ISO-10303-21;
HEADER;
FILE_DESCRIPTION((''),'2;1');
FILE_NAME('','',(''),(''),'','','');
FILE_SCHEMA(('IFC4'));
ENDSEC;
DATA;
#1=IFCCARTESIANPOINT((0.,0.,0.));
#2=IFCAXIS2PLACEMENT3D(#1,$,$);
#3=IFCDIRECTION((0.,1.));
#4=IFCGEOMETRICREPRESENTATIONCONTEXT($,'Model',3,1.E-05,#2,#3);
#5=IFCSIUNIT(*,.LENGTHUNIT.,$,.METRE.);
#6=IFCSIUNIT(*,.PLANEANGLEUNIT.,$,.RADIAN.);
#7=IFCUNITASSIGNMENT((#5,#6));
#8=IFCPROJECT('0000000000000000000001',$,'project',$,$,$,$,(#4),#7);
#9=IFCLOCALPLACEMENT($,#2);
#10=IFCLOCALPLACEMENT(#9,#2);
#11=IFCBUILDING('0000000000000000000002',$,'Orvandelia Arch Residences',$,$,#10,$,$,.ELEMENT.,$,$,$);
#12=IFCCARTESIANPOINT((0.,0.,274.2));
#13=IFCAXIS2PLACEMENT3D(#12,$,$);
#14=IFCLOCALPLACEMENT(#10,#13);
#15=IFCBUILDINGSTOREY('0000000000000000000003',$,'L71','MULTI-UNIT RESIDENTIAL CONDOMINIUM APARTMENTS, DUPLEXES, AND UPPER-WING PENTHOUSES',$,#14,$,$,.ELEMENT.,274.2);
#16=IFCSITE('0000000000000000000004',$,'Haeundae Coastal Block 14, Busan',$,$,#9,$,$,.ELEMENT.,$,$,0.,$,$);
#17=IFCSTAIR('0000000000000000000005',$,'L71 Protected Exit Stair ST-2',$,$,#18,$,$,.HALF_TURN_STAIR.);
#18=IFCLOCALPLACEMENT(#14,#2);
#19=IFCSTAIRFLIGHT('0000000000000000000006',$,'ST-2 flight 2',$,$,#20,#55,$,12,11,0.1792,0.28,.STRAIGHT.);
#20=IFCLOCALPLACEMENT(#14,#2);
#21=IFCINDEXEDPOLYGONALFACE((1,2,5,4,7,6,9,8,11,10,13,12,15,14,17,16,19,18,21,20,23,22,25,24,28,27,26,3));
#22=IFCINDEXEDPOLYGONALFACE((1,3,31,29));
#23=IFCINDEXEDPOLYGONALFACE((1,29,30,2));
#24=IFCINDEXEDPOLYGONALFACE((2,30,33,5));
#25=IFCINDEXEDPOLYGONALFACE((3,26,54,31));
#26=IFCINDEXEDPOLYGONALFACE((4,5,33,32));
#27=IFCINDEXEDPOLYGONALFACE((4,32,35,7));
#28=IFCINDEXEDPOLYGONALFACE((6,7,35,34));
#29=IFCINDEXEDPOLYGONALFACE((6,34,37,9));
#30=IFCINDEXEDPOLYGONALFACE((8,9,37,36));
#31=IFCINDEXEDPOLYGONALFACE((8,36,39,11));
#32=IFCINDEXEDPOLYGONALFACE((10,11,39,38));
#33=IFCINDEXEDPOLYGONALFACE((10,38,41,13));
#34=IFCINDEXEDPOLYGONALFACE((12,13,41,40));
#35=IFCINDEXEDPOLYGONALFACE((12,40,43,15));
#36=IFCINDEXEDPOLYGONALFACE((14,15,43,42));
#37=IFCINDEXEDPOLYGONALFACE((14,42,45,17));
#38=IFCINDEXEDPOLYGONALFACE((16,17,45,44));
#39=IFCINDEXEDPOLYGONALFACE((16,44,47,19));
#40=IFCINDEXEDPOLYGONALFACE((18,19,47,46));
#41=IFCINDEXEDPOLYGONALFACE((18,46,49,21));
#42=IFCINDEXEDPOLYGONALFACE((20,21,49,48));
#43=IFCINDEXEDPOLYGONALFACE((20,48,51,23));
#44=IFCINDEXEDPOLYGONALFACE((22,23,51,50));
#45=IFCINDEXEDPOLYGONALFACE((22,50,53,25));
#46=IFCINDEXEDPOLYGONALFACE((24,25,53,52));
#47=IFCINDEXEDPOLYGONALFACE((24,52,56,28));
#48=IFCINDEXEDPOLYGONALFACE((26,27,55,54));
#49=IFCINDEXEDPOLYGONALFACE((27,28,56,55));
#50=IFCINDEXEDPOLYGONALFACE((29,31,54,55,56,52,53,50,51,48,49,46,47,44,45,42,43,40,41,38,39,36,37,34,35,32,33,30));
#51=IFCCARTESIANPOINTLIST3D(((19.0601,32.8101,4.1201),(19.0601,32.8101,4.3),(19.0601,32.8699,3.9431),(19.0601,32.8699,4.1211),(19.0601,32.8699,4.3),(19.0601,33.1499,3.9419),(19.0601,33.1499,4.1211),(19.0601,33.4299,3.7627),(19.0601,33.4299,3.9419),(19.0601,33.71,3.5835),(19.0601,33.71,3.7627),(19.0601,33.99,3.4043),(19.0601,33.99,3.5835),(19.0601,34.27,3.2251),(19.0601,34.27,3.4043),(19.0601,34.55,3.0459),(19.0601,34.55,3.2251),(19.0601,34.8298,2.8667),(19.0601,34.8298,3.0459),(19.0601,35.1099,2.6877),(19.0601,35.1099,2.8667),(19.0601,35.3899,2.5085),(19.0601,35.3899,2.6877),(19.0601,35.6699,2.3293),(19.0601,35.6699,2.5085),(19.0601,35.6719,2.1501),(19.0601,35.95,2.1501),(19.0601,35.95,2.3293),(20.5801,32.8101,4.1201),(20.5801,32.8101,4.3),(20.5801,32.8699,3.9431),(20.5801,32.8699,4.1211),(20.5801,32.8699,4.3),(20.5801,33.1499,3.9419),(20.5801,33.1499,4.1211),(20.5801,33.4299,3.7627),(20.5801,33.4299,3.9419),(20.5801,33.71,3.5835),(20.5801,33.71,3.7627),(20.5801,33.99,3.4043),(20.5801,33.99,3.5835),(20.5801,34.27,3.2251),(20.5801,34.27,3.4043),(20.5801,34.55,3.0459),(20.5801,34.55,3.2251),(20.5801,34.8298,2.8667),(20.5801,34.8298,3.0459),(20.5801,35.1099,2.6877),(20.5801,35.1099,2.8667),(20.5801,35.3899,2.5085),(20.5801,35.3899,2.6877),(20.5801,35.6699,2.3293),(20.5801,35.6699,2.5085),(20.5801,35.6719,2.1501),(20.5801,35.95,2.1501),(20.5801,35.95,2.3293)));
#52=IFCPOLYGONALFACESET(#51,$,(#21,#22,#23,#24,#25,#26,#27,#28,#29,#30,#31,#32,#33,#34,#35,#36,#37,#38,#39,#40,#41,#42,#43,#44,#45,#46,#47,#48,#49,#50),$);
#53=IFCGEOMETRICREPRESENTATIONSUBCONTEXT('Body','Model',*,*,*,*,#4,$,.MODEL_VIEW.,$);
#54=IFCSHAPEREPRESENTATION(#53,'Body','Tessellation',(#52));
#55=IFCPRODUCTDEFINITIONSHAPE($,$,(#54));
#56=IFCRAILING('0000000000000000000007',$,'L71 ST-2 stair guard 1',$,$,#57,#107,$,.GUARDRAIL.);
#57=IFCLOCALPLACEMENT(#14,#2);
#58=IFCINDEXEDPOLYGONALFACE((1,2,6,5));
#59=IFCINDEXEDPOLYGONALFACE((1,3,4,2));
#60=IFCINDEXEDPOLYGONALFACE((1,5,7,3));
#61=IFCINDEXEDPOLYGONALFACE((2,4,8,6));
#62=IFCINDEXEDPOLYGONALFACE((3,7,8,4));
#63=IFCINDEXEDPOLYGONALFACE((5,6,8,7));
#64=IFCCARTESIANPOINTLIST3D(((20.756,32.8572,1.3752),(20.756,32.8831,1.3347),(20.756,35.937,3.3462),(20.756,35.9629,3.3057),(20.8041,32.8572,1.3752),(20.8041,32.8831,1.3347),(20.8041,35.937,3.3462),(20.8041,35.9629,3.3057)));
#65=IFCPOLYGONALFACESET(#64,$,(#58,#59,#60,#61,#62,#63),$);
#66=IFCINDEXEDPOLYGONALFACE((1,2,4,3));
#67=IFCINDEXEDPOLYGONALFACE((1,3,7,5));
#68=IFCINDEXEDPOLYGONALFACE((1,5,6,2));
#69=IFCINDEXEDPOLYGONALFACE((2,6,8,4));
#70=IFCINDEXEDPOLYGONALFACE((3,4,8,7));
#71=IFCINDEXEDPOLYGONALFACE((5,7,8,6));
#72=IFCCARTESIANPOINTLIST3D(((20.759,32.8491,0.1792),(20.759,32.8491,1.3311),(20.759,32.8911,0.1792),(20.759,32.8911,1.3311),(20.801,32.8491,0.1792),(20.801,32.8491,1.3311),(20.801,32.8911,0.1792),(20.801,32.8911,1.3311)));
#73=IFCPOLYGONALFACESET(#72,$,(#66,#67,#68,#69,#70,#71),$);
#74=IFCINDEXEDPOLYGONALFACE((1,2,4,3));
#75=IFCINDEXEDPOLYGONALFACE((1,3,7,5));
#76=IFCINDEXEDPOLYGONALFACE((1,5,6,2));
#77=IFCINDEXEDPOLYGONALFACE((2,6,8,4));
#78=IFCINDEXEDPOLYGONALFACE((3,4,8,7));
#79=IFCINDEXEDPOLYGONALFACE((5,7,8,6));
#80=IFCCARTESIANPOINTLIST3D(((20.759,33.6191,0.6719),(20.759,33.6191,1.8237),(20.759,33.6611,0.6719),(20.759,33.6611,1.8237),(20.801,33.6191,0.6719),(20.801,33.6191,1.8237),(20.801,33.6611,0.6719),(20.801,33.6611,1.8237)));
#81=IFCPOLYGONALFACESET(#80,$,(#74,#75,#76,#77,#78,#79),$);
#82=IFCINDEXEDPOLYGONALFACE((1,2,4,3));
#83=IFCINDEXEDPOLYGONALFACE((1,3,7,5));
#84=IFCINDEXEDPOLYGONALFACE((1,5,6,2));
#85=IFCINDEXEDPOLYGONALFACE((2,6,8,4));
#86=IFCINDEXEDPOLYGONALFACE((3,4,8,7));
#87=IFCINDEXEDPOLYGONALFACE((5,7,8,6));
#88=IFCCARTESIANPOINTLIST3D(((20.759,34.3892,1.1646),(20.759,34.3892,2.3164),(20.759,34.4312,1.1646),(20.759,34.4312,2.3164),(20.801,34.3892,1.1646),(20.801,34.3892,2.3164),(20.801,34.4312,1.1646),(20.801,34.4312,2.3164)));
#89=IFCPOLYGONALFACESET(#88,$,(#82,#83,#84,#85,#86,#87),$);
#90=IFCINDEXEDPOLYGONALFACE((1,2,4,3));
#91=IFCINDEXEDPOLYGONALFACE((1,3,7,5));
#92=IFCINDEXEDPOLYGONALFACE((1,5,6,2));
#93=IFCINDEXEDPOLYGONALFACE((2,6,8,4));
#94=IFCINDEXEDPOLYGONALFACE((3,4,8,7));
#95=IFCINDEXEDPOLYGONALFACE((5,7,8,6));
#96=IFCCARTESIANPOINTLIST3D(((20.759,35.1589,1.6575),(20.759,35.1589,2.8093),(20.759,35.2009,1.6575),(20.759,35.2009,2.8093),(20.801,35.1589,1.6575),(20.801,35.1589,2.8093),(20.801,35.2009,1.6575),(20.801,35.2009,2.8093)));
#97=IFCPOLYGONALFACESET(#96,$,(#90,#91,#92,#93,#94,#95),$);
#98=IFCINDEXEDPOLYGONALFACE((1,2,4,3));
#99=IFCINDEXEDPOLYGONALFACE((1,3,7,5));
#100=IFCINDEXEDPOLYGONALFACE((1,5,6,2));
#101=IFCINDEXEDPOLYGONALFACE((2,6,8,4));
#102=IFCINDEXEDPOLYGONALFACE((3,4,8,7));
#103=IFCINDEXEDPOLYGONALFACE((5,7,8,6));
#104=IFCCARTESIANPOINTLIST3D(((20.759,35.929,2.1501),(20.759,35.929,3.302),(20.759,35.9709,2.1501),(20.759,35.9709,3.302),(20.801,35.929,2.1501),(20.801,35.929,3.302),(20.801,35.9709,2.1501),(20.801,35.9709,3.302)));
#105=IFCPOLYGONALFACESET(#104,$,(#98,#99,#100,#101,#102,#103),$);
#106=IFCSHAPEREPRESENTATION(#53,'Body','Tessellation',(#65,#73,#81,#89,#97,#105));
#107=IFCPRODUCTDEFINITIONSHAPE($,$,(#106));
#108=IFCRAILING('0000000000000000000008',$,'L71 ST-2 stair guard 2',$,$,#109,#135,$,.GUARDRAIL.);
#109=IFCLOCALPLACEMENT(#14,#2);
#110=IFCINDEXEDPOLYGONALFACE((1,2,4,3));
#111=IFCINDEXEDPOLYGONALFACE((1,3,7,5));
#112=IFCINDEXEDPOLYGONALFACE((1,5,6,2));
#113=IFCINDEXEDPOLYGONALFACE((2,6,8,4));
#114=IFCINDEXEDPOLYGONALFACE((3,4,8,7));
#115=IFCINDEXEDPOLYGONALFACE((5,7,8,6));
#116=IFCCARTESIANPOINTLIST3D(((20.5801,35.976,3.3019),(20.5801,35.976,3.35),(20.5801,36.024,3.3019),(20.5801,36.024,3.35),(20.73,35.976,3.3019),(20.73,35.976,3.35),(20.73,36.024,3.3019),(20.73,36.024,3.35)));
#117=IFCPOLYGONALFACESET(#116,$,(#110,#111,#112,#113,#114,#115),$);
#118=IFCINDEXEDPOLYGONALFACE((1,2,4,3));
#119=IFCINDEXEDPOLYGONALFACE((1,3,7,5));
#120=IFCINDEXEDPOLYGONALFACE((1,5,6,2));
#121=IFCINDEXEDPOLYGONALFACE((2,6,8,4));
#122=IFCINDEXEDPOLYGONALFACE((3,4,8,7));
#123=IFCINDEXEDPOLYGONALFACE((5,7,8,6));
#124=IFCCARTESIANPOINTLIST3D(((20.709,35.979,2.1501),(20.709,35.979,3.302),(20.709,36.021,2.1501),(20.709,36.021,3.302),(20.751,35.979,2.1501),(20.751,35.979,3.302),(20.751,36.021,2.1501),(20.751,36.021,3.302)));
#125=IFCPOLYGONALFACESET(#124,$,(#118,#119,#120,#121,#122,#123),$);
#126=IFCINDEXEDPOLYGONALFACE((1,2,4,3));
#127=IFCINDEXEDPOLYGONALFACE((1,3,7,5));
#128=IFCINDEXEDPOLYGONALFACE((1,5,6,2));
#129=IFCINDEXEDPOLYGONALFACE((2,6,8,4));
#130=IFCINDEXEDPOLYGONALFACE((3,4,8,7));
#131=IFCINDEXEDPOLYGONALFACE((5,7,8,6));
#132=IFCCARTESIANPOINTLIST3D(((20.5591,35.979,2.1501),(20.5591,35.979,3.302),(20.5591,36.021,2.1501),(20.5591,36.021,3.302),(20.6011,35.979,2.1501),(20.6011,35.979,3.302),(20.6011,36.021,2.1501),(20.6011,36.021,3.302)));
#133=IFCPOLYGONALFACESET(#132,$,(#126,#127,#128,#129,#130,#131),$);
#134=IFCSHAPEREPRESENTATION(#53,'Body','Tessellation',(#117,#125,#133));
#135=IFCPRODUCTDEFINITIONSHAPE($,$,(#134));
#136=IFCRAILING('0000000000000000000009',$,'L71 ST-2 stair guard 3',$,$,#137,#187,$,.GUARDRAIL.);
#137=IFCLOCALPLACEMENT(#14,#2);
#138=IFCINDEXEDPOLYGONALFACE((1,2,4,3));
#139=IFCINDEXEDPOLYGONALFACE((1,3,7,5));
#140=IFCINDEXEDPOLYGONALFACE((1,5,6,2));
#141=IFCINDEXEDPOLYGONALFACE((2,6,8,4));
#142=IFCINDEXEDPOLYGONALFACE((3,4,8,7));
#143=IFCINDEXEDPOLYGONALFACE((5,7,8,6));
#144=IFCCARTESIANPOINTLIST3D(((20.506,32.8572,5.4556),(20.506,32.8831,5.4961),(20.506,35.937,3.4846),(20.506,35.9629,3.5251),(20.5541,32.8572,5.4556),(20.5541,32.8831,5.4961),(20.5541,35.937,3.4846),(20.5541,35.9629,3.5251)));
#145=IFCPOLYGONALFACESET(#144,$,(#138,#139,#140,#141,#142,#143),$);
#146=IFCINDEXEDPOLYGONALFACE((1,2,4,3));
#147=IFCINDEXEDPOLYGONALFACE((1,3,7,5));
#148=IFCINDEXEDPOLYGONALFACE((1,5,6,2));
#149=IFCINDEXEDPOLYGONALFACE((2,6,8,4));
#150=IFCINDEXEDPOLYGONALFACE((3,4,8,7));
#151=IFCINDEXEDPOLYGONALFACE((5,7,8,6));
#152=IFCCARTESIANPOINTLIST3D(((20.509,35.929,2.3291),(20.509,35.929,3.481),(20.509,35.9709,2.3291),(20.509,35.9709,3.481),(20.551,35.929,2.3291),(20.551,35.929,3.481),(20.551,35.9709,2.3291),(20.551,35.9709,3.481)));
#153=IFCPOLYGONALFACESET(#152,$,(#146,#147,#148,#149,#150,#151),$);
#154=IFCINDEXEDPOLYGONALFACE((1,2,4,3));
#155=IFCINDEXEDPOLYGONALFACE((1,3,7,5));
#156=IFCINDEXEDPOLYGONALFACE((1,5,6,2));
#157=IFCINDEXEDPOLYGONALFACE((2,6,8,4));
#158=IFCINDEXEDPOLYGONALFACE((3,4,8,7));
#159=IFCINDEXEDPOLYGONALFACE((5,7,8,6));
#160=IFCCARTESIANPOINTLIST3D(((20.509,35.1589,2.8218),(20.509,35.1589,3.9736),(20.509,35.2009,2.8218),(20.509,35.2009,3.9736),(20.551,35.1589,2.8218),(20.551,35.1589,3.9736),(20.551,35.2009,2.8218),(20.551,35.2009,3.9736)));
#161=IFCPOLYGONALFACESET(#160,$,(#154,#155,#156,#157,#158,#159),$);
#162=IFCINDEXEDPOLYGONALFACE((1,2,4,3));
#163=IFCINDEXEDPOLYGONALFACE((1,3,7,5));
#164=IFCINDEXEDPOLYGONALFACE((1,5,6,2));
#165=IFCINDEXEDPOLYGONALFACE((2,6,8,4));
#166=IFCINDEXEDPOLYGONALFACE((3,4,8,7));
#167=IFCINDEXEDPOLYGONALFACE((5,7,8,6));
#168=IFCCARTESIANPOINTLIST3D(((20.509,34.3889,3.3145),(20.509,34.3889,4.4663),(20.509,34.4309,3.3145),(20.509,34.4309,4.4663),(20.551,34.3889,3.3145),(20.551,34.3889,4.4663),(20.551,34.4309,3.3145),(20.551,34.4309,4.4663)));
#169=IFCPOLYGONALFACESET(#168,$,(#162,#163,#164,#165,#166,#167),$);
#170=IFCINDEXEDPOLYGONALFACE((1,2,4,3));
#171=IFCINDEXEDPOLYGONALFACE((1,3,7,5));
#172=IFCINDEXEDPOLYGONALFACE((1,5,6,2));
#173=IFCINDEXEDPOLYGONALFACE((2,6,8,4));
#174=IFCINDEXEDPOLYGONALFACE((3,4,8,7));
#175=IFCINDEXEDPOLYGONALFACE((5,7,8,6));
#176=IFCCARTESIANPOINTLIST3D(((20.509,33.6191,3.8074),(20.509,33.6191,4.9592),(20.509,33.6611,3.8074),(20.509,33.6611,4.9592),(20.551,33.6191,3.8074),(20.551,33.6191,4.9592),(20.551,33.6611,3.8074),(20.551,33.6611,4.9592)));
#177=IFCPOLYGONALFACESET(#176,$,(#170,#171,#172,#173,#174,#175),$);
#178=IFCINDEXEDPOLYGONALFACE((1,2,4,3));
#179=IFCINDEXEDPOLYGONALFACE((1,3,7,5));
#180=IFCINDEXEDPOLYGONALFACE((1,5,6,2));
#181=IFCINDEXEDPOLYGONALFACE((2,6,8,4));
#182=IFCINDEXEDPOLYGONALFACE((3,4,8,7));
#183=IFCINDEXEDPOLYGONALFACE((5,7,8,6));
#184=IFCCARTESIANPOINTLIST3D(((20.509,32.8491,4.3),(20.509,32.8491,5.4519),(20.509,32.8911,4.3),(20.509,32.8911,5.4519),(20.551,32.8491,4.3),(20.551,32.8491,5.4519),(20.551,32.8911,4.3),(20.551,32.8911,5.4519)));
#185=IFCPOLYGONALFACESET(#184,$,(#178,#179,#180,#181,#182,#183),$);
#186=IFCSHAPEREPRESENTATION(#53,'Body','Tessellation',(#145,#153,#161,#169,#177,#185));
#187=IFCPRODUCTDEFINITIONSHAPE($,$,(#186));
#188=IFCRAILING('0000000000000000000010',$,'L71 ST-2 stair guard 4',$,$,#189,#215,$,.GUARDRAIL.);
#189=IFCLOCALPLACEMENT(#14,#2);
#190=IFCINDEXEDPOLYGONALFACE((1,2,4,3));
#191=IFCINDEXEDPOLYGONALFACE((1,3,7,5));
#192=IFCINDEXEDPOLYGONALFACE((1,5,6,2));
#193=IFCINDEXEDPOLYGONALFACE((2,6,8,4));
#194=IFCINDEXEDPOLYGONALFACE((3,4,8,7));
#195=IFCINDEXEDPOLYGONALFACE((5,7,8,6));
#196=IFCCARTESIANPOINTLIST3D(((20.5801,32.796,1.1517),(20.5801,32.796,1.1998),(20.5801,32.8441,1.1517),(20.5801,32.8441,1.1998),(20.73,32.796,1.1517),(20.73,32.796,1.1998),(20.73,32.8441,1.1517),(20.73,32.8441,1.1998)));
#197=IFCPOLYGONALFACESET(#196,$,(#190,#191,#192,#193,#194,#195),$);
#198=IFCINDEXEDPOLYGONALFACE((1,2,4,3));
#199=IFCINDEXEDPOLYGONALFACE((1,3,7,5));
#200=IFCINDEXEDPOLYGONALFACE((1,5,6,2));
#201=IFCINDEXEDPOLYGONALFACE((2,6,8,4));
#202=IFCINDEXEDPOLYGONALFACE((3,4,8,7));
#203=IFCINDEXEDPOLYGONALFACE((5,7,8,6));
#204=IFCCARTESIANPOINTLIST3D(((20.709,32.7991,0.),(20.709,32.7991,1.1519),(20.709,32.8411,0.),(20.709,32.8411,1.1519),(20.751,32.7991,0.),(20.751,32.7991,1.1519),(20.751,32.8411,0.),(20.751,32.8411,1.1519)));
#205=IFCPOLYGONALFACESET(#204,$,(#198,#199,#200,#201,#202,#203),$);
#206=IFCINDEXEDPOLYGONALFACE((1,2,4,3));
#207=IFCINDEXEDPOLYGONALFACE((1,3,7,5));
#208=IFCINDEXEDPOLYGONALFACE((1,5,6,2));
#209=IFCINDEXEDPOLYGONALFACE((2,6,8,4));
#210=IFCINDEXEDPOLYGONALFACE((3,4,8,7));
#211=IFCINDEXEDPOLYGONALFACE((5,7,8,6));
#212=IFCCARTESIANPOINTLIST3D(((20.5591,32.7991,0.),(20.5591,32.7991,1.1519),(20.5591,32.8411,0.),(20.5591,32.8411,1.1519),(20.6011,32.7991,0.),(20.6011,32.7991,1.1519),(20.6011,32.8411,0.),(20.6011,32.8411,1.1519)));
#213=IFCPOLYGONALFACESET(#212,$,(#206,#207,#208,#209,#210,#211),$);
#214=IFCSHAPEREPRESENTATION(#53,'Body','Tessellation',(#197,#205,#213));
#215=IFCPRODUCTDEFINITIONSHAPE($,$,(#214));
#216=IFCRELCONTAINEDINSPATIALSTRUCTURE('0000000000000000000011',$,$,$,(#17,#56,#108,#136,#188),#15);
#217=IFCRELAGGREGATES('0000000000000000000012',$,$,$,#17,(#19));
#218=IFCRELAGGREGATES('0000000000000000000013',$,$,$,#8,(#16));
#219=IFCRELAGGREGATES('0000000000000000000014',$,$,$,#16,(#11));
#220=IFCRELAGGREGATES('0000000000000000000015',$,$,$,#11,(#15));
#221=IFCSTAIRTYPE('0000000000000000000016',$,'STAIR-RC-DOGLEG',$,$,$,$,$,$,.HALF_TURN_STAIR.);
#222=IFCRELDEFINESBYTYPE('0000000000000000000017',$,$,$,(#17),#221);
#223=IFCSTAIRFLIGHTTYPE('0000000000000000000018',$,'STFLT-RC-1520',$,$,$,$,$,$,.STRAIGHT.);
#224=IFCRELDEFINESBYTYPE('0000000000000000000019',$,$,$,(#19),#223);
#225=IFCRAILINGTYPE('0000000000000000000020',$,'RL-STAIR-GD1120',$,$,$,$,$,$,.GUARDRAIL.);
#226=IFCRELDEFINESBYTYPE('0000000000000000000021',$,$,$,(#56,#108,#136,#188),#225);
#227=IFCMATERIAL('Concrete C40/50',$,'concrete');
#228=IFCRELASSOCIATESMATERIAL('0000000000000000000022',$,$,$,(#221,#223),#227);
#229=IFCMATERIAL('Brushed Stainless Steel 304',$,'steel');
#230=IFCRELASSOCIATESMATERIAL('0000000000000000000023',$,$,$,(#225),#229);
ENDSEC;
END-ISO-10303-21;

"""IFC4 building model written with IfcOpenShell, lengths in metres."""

from ifc_helpers import new_model, si_unit, direction, frame, origin, origin_2d, place, context, subcontext, project, spatial, polyline, rectangle, outline, extrude, material, type_object, element, aggregate, save


model = new_model("IFC4")

# Units and contexts
model_context = context("Model", 3, precision=1e-05, world=origin(), true_north=direction((0.0, 1.0)))
body_context = subcontext(model_context, "Body", "Model", "MODEL_VIEW")
ifc_project = project(units=[si_unit("LENGTHUNIT", "METRE"), si_unit("PLANEANGLEUNIT", "RADIAN")], contexts=[model_context])

# Site, building, storey
site_placement = place(None, origin())
site = spatial("IfcSite", under=ifc_project, at=site_placement, Name="Haeundae Coastal Block 14, Busan", CompositionType="ELEMENT", RefElevation=0.0)
building_placement = place(site_placement, origin())
building = spatial("IfcBuilding", under=site, at=building_placement, Name="Orvandelia Arch Residences", CompositionType="ELEMENT")
storey_placement = place(building_placement, frame((0.0, 0.0, 274.2)))
storey = spatial("IfcBuildingStorey", under=building, at=storey_placement, Name="L71", Description="MULTI-UNIT RESIDENTIAL CONDOMINIUM APARTMENTS, DUPLEXES, AND UPPER-WING PENTHOUSES", CompositionType="ELEMENT", Elevation=274.2)

# Stair, stair flight
ifc_material_1 = material(Name="Concrete C40/50", Category="concrete")
stair_type = type_object("IfcStairType", Name="STAIR-RC-DOGLEG", PredefinedType="HALF_TURN_STAIR", material=ifc_material_1)
stair_placement = place(storey_placement, origin())
stair = element("IfcStair", 1, at=stair_placement, inside=storey, type_object=stair_type, Name="L71 Protected Exit Stair ST-2", PredefinedType="HALF_TURN_STAIR")
stair_flight_type = type_object("IfcStairFlightType", Name="STFLT-RC-1520", PredefinedType="STRAIGHT", material=ifc_material_1)
stair_flight_1_placement = place(storey_placement, frame((19.8201, 35.95, 2.1501), z_axis=(0.0, 0.0, 1.0), x_axis=(0.0, -1.0, 0.0)))
stair_flight_1 = element("IfcStairFlight", 2, at=stair_flight_1_placement, type_object=stair_flight_type, Name="ST-2 flight 2", NumberOfRisers=12, NumberOfTreads=11, PredefinedType="STRAIGHT", RiserHeight=0.1792, TreadLength=0.28, context=body_context, shape_type="SweptSolid", body=[
    extrude(outline(polyline([(0.0, 0.0), (0.0, 0.1792), (0.28, 0.1792), (0.28, 0.3584), (0.5601, 0.3584), (0.5601, 0.5376), (0.8401, 0.5376), (0.8401, 0.7166), (1.1201, 0.7166), (1.1201, 0.8958), (1.3999, 0.8958), (1.3999, 1.075), (1.6799, 1.075), (1.6799, 1.2542), (1.96, 1.2542), (1.96, 1.4333), (2.24, 1.4333), (2.24, 1.6125), (2.52, 1.6125), (2.52, 1.7917), (2.8, 1.7917), (2.8, 1.9709), (3.0801, 1.9709), (3.0801, 2.1499), (3.1399, 2.1499), (3.1399, 1.97), (3.0801, 1.793), (0.2781, 0.0), (0.0, 0.0)])), frame((0.0, 0.76, 0.0), z_axis=(0.0, -1.0, 0.0), x_axis=(1.0, 0.0, 0.0)), (0.0, 0.0, 1.0), 1.52),
])
aggregate(stair, [stair_flight_1])

# Railings
ifc_material_2 = material(Name="Brushed Stainless Steel 304", Category="steel")
railing_type_1 = type_object("IfcRailingType", Name="RL-STAIR-GD1120", PredefinedType="GUARDRAIL", material=ifc_material_2)
railing_1_placement = place(storey_placement, frame((20.78, 32.8701, 0.1792)))
element("IfcRailing", 3, at=railing_1_placement, inside=storey, type_object=railing_type_1, Name="L71 ST-2 stair guard 1", PredefinedType="GUARDRAIL", context=body_context, shape_type="SweptSolid", body=[
    extrude(rectangle(XDim=0.0481, YDim=0.0481, at=origin_2d()), frame((0.0, 0.0, 1.1758), z_axis=(0.0, 0.84229, 0.539025), x_axis=(-1.0, 0.0, 0.0)), (0.0, 0.0, 1.0), 3.6565),
    extrude(rectangle(XDim=0.042, YDim=0.042, at=origin_2d()), origin(), (0.0, 0.0, 1.0), 1.1519),
    extrude(rectangle(XDim=0.042, YDim=0.042, at=origin_2d()), frame((0.0, 0.77, 0.4927)), (0.0, 0.0, 1.0), 1.1519),
    extrude(rectangle(XDim=0.042, YDim=0.042, at=origin_2d()), frame((0.0, 1.54, 0.9854)), (0.0, 0.0, 1.0), 1.1519),
    extrude(rectangle(XDim=0.042, YDim=0.042, at=origin_2d()), frame((0.0, 2.3098, 1.4783)), (0.0, 0.0, 1.0), 1.1519),
    extrude(rectangle(XDim=0.042, YDim=0.042, at=origin_2d()), frame((0.0, 3.0798, 1.9709)), (0.0, 0.0, 1.0), 1.1519),
])
railing_2_placement = place(storey_placement, frame((20.73, 36.0, 2.1501)))
element("IfcRailing", 4, at=railing_2_placement, inside=storey, type_object=railing_type_1, Name="L71 ST-2 stair guard 2", PredefinedType="GUARDRAIL", context=body_context, shape_type="SweptSolid", body=[
    extrude(rectangle(XDim=0.0481, YDim=0.0481, at=origin_2d()), frame((0.0, 0.0, 1.1758), z_axis=(-1.0, 0.0, 0.0), x_axis=(0.0, -1.0, 0.0)), (0.0, 0.0, 1.0), 0.1499),
    extrude(rectangle(XDim=0.042, YDim=0.042, at=origin_2d()), origin(), (0.0, 0.0, 1.0), 1.1519),
    extrude(rectangle(XDim=0.042, YDim=0.042, at=origin_2d()), frame((-0.1499, 0.0, 0.0)), (0.0, 0.0, 1.0), 1.1519),
])
railing_3_placement = place(storey_placement, frame((20.53, 35.95, 2.3291)))
element("IfcRailing", 5, at=railing_3_placement, inside=storey, type_object=railing_type_1, Name="L71 ST-2 stair guard 3", PredefinedType="GUARDRAIL", context=body_context, shape_type="SweptSolid", body=[
    extrude(rectangle(XDim=0.0481, YDim=0.0481, at=origin_2d()), frame((0.0, 0.0, 1.1758), z_axis=(0.0, -0.84229, 0.539025), x_axis=(1.0, 0.0, 0.0)), (0.0, 0.0, 1.0), 3.6565),
    extrude(rectangle(XDim=0.042, YDim=0.042, at=origin_2d()), origin(), (0.0, 0.0, 1.0), 1.1519),
    extrude(rectangle(XDim=0.042, YDim=0.042, at=origin_2d()), frame((0.0, -0.77, 0.4927)), (0.0, 0.0, 1.0), 1.1519),
    extrude(rectangle(XDim=0.042, YDim=0.042, at=origin_2d()), frame((0.0, -1.54, 0.9854)), (0.0, 0.0, 1.0), 1.1519),
    extrude(rectangle(XDim=0.042, YDim=0.042, at=origin_2d()), frame((0.0, -2.3098, 1.4783)), (0.0, 0.0, 1.0), 1.1519),
    extrude(rectangle(XDim=0.042, YDim=0.042, at=origin_2d()), frame((0.0, -3.0798, 1.9709)), (0.0, 0.0, 1.0), 1.1519),
])
railing_4_placement = place(storey_placement, frame((20.73, 32.8201, 0.0)))
element("IfcRailing", 6, at=railing_4_placement, inside=storey, type_object=railing_type_1, Name="L71 ST-2 stair guard 4", PredefinedType="GUARDRAIL", context=body_context, shape_type="SweptSolid", body=[
    extrude(rectangle(XDim=0.0481, YDim=0.0481, at=origin_2d()), frame((0.0, 0.0, 1.1758), z_axis=(-1.0, 0.0, 0.0), x_axis=(0.0, -1.0, 0.0)), (0.0, 0.0, 1.0), 0.1499),
    extrude(rectangle(XDim=0.042, YDim=0.042, at=origin_2d()), origin(), (0.0, 0.0, 1.0), 1.1519),
    extrude(rectangle(XDim=0.042, YDim=0.042, at=origin_2d()), frame((-0.1499, 0.0, 0.0)), (0.0, 0.0, 1.0), 1.1519),
])

save(model, "model.ifc")
